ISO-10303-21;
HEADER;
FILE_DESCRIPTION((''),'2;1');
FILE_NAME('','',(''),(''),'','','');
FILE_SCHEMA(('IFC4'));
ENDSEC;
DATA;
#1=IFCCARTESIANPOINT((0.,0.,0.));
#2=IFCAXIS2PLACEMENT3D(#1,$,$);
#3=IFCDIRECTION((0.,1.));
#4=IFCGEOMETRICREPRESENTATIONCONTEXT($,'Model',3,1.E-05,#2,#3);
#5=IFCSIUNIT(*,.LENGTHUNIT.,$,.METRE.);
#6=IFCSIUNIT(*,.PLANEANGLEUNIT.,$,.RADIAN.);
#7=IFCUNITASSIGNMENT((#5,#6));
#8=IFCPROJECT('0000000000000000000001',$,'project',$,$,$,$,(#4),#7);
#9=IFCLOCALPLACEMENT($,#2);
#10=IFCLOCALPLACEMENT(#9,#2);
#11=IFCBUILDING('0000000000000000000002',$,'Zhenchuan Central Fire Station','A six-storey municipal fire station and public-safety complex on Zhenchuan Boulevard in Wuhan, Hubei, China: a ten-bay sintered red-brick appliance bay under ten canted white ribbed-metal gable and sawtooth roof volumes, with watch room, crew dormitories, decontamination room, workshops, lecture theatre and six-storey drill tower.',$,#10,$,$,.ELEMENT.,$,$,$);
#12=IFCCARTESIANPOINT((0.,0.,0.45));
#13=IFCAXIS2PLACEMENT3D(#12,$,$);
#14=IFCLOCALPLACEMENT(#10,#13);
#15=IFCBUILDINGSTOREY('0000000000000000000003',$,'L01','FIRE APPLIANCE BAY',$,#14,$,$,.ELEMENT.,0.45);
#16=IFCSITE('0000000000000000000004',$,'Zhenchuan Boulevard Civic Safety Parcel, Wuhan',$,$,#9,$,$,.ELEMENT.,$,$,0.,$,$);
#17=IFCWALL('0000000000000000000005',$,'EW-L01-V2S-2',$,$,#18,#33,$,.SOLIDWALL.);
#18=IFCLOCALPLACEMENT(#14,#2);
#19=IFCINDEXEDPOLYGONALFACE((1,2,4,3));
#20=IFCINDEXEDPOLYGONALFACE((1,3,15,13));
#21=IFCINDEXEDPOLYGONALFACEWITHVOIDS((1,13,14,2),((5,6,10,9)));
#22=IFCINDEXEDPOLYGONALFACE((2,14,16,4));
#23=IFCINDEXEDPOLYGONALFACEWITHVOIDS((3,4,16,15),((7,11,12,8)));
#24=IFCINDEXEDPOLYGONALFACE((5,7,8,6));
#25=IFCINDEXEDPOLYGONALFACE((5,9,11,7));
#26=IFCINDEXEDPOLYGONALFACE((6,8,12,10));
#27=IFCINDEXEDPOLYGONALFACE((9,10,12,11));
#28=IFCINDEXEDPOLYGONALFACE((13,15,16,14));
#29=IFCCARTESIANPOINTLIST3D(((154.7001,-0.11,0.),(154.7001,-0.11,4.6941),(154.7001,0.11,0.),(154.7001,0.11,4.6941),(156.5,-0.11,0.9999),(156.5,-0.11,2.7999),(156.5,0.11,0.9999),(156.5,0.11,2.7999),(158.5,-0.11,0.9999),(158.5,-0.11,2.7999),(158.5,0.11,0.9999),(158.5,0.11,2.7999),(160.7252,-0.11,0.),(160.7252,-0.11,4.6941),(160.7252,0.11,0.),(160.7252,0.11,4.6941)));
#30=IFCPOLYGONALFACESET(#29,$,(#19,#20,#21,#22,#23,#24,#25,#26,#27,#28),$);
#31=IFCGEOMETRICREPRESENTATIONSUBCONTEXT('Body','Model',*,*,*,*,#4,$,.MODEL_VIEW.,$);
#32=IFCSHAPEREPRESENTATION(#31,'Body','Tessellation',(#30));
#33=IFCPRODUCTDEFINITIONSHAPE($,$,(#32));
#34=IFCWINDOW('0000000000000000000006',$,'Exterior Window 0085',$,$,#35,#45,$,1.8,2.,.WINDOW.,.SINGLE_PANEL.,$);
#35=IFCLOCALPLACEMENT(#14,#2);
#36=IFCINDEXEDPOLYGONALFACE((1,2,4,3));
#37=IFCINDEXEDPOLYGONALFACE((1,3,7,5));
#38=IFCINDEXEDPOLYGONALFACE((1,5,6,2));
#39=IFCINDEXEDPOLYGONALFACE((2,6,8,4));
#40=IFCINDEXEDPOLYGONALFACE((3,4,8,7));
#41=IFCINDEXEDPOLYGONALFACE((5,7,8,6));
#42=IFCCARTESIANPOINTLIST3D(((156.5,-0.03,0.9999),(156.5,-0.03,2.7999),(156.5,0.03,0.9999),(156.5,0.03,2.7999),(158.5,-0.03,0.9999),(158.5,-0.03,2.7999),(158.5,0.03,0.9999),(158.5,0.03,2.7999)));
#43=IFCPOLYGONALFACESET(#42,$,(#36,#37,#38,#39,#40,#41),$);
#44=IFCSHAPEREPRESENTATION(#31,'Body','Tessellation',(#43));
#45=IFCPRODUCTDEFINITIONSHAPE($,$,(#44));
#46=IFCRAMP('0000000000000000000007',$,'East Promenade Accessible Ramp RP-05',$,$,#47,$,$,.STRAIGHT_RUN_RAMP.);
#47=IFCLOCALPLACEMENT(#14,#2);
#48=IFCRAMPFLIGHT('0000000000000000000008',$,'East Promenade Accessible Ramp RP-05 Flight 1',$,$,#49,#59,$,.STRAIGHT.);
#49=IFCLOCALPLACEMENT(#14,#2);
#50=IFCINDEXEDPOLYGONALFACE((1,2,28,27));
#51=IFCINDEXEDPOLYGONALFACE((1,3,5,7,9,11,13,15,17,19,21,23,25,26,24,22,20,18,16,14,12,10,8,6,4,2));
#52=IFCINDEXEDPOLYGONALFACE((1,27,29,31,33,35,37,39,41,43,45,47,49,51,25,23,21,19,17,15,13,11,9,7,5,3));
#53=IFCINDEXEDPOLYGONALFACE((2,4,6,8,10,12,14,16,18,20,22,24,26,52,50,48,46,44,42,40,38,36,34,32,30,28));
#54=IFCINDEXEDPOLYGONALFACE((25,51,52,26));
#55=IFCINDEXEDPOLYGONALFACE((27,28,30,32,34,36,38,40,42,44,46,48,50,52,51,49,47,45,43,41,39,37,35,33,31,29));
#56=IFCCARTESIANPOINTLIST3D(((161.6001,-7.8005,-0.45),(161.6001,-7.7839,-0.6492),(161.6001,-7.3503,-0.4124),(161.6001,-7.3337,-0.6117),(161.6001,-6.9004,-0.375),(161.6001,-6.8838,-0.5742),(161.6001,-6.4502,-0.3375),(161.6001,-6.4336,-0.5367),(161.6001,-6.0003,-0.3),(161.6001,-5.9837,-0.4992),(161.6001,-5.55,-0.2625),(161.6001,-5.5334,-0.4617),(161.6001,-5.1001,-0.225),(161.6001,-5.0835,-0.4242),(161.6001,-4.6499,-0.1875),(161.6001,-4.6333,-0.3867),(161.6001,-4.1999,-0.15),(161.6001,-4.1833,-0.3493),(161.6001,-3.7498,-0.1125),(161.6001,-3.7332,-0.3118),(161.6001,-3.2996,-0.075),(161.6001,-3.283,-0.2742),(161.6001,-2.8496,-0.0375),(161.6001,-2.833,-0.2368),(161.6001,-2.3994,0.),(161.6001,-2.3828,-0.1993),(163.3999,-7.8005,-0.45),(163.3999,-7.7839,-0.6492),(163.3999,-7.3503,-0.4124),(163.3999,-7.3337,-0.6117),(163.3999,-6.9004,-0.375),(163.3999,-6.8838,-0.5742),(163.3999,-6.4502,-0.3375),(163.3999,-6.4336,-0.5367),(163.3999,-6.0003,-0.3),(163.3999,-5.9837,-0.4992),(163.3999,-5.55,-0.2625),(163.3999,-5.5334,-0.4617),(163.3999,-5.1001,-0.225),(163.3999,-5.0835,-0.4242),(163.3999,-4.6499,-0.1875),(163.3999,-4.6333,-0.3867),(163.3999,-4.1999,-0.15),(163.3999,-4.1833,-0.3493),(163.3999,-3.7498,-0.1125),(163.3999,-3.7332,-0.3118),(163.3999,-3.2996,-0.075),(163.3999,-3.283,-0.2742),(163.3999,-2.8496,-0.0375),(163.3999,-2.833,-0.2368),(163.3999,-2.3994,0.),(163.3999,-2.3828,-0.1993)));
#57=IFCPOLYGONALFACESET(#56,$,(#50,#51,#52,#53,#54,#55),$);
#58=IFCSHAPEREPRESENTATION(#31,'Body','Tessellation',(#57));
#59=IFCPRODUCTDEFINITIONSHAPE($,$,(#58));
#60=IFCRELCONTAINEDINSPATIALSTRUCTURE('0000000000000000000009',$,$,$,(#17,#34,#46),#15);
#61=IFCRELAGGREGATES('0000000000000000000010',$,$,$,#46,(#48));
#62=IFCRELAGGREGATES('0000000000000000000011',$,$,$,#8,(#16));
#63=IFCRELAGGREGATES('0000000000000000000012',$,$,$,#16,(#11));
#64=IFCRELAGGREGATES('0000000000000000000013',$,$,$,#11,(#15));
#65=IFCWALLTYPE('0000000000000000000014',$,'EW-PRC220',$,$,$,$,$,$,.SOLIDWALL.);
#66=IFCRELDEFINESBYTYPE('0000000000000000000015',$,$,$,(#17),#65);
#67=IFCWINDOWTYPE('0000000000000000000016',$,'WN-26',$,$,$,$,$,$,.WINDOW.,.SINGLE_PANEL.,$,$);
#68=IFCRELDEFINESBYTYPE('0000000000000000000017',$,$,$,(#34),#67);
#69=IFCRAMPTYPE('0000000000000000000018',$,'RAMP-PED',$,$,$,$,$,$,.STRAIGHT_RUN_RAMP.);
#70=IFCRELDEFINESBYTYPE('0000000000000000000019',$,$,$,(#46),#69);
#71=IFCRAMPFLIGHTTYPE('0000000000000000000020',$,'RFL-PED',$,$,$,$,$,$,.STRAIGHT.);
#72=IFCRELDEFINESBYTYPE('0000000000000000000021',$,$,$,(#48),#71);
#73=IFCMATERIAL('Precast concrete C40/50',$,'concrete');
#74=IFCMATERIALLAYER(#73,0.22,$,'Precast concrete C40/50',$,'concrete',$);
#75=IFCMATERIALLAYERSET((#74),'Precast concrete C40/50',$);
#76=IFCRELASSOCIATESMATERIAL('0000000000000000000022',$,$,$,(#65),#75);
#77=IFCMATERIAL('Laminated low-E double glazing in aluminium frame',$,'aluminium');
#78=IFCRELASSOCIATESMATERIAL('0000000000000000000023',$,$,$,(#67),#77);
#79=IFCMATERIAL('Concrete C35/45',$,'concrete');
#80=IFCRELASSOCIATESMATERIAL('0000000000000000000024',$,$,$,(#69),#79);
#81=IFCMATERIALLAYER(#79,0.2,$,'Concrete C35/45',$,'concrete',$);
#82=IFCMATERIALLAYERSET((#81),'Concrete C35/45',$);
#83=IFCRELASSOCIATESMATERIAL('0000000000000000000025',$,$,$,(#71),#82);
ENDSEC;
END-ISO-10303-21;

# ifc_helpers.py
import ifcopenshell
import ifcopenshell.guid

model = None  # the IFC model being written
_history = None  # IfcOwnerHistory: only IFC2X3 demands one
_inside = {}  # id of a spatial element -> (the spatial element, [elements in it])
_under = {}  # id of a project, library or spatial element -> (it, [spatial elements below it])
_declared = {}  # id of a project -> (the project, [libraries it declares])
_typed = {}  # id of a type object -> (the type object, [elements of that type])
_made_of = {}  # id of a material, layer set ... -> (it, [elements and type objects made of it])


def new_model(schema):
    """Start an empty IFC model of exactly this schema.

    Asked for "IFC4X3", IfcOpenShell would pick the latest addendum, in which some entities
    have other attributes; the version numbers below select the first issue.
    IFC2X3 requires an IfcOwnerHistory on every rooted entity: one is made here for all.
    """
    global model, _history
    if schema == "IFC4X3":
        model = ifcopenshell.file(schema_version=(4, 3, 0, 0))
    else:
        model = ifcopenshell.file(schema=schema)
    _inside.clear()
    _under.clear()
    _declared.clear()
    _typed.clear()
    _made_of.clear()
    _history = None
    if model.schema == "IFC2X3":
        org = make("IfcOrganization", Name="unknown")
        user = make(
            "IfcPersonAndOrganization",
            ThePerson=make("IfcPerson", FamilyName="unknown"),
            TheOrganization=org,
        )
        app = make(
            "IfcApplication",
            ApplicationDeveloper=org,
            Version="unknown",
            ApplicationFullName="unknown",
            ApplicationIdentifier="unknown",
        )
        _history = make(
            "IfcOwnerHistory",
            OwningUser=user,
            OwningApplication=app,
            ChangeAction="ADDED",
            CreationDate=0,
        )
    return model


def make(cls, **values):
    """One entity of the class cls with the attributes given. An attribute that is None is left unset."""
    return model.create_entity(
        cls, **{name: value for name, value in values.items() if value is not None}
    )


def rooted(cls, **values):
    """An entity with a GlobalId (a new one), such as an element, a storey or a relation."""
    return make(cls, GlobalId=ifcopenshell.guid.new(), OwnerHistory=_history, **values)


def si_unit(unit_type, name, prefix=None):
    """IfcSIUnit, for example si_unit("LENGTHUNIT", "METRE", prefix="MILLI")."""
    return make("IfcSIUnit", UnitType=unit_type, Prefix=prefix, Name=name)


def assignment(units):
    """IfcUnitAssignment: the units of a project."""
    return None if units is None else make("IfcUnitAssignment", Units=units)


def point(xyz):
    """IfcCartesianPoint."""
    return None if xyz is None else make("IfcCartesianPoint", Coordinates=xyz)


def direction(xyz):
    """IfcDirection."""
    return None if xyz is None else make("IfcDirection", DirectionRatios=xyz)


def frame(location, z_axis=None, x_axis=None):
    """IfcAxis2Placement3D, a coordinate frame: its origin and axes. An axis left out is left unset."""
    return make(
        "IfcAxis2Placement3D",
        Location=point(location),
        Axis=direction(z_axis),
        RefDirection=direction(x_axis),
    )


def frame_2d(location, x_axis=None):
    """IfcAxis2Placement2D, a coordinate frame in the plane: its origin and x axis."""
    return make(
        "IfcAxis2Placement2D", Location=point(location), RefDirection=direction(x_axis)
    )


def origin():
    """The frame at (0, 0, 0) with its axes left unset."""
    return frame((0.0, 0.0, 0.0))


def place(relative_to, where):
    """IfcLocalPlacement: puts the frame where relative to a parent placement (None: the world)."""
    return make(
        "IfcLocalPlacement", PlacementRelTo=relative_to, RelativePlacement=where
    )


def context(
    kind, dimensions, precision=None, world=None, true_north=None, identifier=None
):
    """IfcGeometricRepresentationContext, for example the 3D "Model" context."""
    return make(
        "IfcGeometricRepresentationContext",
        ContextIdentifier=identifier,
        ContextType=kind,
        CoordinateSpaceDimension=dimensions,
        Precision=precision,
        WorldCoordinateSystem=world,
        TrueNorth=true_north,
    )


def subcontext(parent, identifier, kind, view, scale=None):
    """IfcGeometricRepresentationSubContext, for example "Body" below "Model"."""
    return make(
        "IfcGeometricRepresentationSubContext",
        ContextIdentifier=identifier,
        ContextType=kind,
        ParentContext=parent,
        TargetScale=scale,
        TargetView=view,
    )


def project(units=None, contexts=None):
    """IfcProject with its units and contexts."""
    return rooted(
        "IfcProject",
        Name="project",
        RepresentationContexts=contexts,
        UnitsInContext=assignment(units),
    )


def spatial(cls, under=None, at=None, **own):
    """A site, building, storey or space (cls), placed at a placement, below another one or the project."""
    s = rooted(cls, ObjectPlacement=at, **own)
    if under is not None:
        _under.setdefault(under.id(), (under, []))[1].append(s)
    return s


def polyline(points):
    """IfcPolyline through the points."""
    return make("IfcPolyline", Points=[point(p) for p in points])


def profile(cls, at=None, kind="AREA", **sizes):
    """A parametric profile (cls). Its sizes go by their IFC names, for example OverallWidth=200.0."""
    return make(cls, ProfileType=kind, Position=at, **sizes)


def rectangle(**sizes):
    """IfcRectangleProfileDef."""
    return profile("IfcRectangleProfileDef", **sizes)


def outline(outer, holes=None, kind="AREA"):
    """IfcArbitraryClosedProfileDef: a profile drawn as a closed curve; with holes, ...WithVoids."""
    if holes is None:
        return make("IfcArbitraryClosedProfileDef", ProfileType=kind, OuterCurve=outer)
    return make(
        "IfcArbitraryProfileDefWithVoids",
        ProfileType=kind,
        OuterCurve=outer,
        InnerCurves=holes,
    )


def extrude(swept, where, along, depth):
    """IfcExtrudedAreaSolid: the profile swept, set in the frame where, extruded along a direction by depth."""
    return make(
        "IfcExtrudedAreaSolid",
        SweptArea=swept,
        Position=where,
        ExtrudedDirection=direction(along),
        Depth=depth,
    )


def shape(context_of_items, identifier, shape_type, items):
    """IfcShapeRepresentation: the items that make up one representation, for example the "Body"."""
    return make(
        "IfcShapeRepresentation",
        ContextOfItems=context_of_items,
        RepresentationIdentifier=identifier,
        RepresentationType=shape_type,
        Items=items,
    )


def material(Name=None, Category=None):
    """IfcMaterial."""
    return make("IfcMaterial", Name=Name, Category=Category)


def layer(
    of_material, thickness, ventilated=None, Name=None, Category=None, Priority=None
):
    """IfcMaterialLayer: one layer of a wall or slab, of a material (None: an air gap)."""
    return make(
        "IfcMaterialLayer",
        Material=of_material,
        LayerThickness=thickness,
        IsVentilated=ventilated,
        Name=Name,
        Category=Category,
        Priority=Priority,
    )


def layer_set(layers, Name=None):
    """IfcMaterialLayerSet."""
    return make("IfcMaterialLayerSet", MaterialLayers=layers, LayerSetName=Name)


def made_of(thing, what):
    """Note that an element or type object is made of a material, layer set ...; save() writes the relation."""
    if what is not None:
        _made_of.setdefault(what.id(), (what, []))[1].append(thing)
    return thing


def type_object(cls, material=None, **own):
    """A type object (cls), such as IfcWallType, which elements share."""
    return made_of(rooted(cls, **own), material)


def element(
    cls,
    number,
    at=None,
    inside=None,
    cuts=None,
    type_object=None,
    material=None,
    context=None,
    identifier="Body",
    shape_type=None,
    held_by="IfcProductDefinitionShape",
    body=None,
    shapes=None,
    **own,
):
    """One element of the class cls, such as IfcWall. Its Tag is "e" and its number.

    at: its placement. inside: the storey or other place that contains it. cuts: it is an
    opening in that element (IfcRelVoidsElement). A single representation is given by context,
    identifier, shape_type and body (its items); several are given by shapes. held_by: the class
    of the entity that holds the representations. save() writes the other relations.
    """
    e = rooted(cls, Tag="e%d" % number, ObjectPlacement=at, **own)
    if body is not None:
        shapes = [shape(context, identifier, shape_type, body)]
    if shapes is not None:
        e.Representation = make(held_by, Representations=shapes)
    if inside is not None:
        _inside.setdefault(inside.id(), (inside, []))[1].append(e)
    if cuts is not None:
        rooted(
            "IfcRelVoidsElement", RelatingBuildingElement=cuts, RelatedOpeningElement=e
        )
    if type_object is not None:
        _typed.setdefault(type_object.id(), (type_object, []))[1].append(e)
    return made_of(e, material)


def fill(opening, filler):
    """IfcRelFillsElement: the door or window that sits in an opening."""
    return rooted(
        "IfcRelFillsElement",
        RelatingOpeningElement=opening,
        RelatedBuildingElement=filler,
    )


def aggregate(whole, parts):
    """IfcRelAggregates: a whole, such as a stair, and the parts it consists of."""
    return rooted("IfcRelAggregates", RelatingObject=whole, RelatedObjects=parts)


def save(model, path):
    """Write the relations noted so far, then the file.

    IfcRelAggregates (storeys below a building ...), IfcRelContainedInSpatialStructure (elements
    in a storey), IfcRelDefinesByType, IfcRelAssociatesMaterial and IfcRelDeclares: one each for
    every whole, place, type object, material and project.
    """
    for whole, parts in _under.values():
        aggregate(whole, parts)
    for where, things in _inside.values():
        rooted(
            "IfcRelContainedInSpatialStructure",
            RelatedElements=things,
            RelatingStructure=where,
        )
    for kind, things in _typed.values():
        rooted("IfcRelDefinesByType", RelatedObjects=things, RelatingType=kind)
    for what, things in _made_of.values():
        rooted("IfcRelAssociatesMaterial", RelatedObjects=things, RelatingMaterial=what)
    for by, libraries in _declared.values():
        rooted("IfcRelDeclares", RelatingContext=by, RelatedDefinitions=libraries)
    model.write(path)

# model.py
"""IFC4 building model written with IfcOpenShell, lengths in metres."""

from ifc_helpers import new_model, si_unit, direction, frame, frame_2d, origin, place, context, subcontext, project, spatial, polyline, rectangle, outline, extrude, material, layer, layer_set, type_object, element, fill, aggregate, save


model = new_model("IFC4")

# Units and contexts
model_context = context("Model", 3, precision=1e-05, world=origin(), true_north=direction((0.0, 1.0)))
body_context = subcontext(model_context, "Body", "Model", "MODEL_VIEW")
ifc_project = project(units=[si_unit("LENGTHUNIT", "METRE"), si_unit("PLANEANGLEUNIT", "RADIAN")], contexts=[model_context])

# Site, building, storey
site_placement = place(None, origin())
site = spatial("IfcSite", under=ifc_project, at=site_placement, Name="Zhenchuan Boulevard Civic Safety Parcel, Wuhan", CompositionType="ELEMENT", RefElevation=0.0)
building_placement = place(site_placement, origin())
building = spatial("IfcBuilding", under=site, at=building_placement, Name="Zhenchuan Central Fire Station", Description="A six-storey municipal fire station and public-safety complex on Zhenchuan Boulevard in Wuhan, Hubei, China: a ten-bay sintered red-brick appliance bay under ten canted white ribbed-metal gable and sawtooth roof volumes, with watch room, crew dormitories, decontamination room, workshops, lecture theatre and six-storey drill tower.", CompositionType="ELEMENT")
storey_placement = place(building_placement, frame((0.0, 0.0, 0.45)))
storey = spatial("IfcBuildingStorey", under=building, at=storey_placement, Name="L01", Description="FIRE APPLIANCE BAY", CompositionType="ELEMENT", Elevation=0.45)

# Shared definitions
ifc_material_1 = material(Name="Concrete C35/45", Category="concrete")

# Wall, opening, window
ifc_material_2 = material(Name="Precast concrete C40/50", Category="concrete")
ifc_layer_1 = layer(ifc_material_2, 0.22, Name="Precast concrete C40/50", Category="concrete")
ifc_layer_set_1 = layer_set([ifc_layer_1], Name="Precast concrete C40/50")
wall_type_1 = type_object("IfcWallType", Name="EW-PRC220", PredefinedType="SOLIDWALL", material=ifc_layer_set_1)
wall_1_placement = place(storey_placement, frame((154.7, 0.0, 0.0), z_axis=(0.0, 0.0, 1.0), x_axis=(1.0, 0.0, 0.0)))
wall_1 = element("IfcWall", 1, at=wall_1_placement, inside=storey, type_object=wall_type_1, Name="EW-L01-V2S-2", PredefinedType="SOLIDWALL", context=body_context, shape_type="SweptSolid", body=[
    extrude(rectangle(XDim=6.0251, YDim=0.22, at=frame_2d((3.0127, 0.0))), origin(), (0.0, 0.0, 1.0), 4.6941),
])
opening_placement = place(wall_1_placement, frame((1.8, 0.0, 1.0)))
opening = element("IfcOpeningElement", 2, at=opening_placement, cuts=wall_1, PredefinedType="OPENING", context=body_context, shape_type="SweptSolid", body=[
    extrude(rectangle(XDim=2.0, YDim=1.8, at=frame_2d((1.0, 0.8999))), frame((0.0, 0.1199, 0.0), z_axis=(0.0, -1.0, 0.0), x_axis=(1.0, 0.0, 0.0)), (0.0, 0.0, 1.0), 0.24),
])
ifc_material_3 = material(Name="Laminated low-E double glazing in aluminium frame", Category="aluminium")
window_type = type_object("IfcWindowType", Name="WN-26", PartitioningType="SINGLE_PANEL", PredefinedType="WINDOW", material=ifc_material_3)
window_placement = place(opening_placement, origin())
window = element("IfcWindow", 3, at=window_placement, inside=storey, type_object=window_type, Name="Exterior Window 0085", OverallHeight=1.8, OverallWidth=2.0, PartitioningType="SINGLE_PANEL", PredefinedType="WINDOW", context=body_context, shape_type="SweptSolid", body=[
    extrude(rectangle(XDim=2.0, YDim=1.8, at=frame_2d((1.0, 0.8999))), frame((0.0, 0.03, 0.0), z_axis=(0.0, -1.0, 0.0), x_axis=(1.0, 0.0, 0.0)), (0.0, 0.0, 1.0), 0.0601),
])
fill(opening, window)

# Ramp, ramp flight
ramp_type = type_object("IfcRampType", Name="RAMP-PED", PredefinedType="STRAIGHT_RUN_RAMP", material=ifc_material_1)
ramp_placement = place(storey_placement, origin())
ramp = element("IfcRamp", 4, at=ramp_placement, inside=storey, type_object=ramp_type, Name="East Promenade Accessible Ramp RP-05", PredefinedType="STRAIGHT_RUN_RAMP")
ifc_layer_2 = layer(ifc_material_1, 0.2, Name="Concrete C35/45", Category="concrete")
ifc_layer_set_2 = layer_set([ifc_layer_2], Name="Concrete C35/45")
ramp_flight_type = type_object("IfcRampFlightType", Name="RFL-PED", PredefinedType="STRAIGHT", material=ifc_layer_set_2)
ramp_flight_placement = place(storey_placement, frame((161.6001, -7.8005, -0.45), z_axis=(0.0, -0.083019, 0.996548), x_axis=(0.0, 0.996548, 0.083019)))
ramp_flight = element("IfcRampFlight", 5, at=ramp_flight_placement, type_object=ramp_flight_type, Name="East Promenade Accessible Ramp RP-05 Flight 1", PredefinedType="STRAIGHT", context=body_context, shape_type="SweptSolid", body=[
    extrude(outline(polyline([(0.0, 0.0), (0.4518, 0.0), (0.9033, 0.0), (1.355, 0.0), (1.8065, 0.0), (2.2583, 0.0), (2.7098, 0.0), (3.1615, 0.0), (3.6131, 0.0), (4.0648, 0.0), (4.5166, 0.0), (4.9681, 0.0), (5.4198, 0.0), (5.4198, -1.7998), (4.9681, -1.7998), (4.5166, -1.7998), (4.0648, -1.7998), (3.6131, -1.7998), (3.1615, -1.7998), (2.7098, -1.7998), (2.2583, -1.7998), (1.8065, -1.7998), (1.355, -1.7998), (0.9033, -1.7998), (0.4518, -1.7998), (0.0, -1.7998), (0.0, 0.0)])), origin(), (0.0, 0.0, -1.0), 0.2),
])
aggregate(ramp, [ramp_flight])

save(model, "model.ifc")
